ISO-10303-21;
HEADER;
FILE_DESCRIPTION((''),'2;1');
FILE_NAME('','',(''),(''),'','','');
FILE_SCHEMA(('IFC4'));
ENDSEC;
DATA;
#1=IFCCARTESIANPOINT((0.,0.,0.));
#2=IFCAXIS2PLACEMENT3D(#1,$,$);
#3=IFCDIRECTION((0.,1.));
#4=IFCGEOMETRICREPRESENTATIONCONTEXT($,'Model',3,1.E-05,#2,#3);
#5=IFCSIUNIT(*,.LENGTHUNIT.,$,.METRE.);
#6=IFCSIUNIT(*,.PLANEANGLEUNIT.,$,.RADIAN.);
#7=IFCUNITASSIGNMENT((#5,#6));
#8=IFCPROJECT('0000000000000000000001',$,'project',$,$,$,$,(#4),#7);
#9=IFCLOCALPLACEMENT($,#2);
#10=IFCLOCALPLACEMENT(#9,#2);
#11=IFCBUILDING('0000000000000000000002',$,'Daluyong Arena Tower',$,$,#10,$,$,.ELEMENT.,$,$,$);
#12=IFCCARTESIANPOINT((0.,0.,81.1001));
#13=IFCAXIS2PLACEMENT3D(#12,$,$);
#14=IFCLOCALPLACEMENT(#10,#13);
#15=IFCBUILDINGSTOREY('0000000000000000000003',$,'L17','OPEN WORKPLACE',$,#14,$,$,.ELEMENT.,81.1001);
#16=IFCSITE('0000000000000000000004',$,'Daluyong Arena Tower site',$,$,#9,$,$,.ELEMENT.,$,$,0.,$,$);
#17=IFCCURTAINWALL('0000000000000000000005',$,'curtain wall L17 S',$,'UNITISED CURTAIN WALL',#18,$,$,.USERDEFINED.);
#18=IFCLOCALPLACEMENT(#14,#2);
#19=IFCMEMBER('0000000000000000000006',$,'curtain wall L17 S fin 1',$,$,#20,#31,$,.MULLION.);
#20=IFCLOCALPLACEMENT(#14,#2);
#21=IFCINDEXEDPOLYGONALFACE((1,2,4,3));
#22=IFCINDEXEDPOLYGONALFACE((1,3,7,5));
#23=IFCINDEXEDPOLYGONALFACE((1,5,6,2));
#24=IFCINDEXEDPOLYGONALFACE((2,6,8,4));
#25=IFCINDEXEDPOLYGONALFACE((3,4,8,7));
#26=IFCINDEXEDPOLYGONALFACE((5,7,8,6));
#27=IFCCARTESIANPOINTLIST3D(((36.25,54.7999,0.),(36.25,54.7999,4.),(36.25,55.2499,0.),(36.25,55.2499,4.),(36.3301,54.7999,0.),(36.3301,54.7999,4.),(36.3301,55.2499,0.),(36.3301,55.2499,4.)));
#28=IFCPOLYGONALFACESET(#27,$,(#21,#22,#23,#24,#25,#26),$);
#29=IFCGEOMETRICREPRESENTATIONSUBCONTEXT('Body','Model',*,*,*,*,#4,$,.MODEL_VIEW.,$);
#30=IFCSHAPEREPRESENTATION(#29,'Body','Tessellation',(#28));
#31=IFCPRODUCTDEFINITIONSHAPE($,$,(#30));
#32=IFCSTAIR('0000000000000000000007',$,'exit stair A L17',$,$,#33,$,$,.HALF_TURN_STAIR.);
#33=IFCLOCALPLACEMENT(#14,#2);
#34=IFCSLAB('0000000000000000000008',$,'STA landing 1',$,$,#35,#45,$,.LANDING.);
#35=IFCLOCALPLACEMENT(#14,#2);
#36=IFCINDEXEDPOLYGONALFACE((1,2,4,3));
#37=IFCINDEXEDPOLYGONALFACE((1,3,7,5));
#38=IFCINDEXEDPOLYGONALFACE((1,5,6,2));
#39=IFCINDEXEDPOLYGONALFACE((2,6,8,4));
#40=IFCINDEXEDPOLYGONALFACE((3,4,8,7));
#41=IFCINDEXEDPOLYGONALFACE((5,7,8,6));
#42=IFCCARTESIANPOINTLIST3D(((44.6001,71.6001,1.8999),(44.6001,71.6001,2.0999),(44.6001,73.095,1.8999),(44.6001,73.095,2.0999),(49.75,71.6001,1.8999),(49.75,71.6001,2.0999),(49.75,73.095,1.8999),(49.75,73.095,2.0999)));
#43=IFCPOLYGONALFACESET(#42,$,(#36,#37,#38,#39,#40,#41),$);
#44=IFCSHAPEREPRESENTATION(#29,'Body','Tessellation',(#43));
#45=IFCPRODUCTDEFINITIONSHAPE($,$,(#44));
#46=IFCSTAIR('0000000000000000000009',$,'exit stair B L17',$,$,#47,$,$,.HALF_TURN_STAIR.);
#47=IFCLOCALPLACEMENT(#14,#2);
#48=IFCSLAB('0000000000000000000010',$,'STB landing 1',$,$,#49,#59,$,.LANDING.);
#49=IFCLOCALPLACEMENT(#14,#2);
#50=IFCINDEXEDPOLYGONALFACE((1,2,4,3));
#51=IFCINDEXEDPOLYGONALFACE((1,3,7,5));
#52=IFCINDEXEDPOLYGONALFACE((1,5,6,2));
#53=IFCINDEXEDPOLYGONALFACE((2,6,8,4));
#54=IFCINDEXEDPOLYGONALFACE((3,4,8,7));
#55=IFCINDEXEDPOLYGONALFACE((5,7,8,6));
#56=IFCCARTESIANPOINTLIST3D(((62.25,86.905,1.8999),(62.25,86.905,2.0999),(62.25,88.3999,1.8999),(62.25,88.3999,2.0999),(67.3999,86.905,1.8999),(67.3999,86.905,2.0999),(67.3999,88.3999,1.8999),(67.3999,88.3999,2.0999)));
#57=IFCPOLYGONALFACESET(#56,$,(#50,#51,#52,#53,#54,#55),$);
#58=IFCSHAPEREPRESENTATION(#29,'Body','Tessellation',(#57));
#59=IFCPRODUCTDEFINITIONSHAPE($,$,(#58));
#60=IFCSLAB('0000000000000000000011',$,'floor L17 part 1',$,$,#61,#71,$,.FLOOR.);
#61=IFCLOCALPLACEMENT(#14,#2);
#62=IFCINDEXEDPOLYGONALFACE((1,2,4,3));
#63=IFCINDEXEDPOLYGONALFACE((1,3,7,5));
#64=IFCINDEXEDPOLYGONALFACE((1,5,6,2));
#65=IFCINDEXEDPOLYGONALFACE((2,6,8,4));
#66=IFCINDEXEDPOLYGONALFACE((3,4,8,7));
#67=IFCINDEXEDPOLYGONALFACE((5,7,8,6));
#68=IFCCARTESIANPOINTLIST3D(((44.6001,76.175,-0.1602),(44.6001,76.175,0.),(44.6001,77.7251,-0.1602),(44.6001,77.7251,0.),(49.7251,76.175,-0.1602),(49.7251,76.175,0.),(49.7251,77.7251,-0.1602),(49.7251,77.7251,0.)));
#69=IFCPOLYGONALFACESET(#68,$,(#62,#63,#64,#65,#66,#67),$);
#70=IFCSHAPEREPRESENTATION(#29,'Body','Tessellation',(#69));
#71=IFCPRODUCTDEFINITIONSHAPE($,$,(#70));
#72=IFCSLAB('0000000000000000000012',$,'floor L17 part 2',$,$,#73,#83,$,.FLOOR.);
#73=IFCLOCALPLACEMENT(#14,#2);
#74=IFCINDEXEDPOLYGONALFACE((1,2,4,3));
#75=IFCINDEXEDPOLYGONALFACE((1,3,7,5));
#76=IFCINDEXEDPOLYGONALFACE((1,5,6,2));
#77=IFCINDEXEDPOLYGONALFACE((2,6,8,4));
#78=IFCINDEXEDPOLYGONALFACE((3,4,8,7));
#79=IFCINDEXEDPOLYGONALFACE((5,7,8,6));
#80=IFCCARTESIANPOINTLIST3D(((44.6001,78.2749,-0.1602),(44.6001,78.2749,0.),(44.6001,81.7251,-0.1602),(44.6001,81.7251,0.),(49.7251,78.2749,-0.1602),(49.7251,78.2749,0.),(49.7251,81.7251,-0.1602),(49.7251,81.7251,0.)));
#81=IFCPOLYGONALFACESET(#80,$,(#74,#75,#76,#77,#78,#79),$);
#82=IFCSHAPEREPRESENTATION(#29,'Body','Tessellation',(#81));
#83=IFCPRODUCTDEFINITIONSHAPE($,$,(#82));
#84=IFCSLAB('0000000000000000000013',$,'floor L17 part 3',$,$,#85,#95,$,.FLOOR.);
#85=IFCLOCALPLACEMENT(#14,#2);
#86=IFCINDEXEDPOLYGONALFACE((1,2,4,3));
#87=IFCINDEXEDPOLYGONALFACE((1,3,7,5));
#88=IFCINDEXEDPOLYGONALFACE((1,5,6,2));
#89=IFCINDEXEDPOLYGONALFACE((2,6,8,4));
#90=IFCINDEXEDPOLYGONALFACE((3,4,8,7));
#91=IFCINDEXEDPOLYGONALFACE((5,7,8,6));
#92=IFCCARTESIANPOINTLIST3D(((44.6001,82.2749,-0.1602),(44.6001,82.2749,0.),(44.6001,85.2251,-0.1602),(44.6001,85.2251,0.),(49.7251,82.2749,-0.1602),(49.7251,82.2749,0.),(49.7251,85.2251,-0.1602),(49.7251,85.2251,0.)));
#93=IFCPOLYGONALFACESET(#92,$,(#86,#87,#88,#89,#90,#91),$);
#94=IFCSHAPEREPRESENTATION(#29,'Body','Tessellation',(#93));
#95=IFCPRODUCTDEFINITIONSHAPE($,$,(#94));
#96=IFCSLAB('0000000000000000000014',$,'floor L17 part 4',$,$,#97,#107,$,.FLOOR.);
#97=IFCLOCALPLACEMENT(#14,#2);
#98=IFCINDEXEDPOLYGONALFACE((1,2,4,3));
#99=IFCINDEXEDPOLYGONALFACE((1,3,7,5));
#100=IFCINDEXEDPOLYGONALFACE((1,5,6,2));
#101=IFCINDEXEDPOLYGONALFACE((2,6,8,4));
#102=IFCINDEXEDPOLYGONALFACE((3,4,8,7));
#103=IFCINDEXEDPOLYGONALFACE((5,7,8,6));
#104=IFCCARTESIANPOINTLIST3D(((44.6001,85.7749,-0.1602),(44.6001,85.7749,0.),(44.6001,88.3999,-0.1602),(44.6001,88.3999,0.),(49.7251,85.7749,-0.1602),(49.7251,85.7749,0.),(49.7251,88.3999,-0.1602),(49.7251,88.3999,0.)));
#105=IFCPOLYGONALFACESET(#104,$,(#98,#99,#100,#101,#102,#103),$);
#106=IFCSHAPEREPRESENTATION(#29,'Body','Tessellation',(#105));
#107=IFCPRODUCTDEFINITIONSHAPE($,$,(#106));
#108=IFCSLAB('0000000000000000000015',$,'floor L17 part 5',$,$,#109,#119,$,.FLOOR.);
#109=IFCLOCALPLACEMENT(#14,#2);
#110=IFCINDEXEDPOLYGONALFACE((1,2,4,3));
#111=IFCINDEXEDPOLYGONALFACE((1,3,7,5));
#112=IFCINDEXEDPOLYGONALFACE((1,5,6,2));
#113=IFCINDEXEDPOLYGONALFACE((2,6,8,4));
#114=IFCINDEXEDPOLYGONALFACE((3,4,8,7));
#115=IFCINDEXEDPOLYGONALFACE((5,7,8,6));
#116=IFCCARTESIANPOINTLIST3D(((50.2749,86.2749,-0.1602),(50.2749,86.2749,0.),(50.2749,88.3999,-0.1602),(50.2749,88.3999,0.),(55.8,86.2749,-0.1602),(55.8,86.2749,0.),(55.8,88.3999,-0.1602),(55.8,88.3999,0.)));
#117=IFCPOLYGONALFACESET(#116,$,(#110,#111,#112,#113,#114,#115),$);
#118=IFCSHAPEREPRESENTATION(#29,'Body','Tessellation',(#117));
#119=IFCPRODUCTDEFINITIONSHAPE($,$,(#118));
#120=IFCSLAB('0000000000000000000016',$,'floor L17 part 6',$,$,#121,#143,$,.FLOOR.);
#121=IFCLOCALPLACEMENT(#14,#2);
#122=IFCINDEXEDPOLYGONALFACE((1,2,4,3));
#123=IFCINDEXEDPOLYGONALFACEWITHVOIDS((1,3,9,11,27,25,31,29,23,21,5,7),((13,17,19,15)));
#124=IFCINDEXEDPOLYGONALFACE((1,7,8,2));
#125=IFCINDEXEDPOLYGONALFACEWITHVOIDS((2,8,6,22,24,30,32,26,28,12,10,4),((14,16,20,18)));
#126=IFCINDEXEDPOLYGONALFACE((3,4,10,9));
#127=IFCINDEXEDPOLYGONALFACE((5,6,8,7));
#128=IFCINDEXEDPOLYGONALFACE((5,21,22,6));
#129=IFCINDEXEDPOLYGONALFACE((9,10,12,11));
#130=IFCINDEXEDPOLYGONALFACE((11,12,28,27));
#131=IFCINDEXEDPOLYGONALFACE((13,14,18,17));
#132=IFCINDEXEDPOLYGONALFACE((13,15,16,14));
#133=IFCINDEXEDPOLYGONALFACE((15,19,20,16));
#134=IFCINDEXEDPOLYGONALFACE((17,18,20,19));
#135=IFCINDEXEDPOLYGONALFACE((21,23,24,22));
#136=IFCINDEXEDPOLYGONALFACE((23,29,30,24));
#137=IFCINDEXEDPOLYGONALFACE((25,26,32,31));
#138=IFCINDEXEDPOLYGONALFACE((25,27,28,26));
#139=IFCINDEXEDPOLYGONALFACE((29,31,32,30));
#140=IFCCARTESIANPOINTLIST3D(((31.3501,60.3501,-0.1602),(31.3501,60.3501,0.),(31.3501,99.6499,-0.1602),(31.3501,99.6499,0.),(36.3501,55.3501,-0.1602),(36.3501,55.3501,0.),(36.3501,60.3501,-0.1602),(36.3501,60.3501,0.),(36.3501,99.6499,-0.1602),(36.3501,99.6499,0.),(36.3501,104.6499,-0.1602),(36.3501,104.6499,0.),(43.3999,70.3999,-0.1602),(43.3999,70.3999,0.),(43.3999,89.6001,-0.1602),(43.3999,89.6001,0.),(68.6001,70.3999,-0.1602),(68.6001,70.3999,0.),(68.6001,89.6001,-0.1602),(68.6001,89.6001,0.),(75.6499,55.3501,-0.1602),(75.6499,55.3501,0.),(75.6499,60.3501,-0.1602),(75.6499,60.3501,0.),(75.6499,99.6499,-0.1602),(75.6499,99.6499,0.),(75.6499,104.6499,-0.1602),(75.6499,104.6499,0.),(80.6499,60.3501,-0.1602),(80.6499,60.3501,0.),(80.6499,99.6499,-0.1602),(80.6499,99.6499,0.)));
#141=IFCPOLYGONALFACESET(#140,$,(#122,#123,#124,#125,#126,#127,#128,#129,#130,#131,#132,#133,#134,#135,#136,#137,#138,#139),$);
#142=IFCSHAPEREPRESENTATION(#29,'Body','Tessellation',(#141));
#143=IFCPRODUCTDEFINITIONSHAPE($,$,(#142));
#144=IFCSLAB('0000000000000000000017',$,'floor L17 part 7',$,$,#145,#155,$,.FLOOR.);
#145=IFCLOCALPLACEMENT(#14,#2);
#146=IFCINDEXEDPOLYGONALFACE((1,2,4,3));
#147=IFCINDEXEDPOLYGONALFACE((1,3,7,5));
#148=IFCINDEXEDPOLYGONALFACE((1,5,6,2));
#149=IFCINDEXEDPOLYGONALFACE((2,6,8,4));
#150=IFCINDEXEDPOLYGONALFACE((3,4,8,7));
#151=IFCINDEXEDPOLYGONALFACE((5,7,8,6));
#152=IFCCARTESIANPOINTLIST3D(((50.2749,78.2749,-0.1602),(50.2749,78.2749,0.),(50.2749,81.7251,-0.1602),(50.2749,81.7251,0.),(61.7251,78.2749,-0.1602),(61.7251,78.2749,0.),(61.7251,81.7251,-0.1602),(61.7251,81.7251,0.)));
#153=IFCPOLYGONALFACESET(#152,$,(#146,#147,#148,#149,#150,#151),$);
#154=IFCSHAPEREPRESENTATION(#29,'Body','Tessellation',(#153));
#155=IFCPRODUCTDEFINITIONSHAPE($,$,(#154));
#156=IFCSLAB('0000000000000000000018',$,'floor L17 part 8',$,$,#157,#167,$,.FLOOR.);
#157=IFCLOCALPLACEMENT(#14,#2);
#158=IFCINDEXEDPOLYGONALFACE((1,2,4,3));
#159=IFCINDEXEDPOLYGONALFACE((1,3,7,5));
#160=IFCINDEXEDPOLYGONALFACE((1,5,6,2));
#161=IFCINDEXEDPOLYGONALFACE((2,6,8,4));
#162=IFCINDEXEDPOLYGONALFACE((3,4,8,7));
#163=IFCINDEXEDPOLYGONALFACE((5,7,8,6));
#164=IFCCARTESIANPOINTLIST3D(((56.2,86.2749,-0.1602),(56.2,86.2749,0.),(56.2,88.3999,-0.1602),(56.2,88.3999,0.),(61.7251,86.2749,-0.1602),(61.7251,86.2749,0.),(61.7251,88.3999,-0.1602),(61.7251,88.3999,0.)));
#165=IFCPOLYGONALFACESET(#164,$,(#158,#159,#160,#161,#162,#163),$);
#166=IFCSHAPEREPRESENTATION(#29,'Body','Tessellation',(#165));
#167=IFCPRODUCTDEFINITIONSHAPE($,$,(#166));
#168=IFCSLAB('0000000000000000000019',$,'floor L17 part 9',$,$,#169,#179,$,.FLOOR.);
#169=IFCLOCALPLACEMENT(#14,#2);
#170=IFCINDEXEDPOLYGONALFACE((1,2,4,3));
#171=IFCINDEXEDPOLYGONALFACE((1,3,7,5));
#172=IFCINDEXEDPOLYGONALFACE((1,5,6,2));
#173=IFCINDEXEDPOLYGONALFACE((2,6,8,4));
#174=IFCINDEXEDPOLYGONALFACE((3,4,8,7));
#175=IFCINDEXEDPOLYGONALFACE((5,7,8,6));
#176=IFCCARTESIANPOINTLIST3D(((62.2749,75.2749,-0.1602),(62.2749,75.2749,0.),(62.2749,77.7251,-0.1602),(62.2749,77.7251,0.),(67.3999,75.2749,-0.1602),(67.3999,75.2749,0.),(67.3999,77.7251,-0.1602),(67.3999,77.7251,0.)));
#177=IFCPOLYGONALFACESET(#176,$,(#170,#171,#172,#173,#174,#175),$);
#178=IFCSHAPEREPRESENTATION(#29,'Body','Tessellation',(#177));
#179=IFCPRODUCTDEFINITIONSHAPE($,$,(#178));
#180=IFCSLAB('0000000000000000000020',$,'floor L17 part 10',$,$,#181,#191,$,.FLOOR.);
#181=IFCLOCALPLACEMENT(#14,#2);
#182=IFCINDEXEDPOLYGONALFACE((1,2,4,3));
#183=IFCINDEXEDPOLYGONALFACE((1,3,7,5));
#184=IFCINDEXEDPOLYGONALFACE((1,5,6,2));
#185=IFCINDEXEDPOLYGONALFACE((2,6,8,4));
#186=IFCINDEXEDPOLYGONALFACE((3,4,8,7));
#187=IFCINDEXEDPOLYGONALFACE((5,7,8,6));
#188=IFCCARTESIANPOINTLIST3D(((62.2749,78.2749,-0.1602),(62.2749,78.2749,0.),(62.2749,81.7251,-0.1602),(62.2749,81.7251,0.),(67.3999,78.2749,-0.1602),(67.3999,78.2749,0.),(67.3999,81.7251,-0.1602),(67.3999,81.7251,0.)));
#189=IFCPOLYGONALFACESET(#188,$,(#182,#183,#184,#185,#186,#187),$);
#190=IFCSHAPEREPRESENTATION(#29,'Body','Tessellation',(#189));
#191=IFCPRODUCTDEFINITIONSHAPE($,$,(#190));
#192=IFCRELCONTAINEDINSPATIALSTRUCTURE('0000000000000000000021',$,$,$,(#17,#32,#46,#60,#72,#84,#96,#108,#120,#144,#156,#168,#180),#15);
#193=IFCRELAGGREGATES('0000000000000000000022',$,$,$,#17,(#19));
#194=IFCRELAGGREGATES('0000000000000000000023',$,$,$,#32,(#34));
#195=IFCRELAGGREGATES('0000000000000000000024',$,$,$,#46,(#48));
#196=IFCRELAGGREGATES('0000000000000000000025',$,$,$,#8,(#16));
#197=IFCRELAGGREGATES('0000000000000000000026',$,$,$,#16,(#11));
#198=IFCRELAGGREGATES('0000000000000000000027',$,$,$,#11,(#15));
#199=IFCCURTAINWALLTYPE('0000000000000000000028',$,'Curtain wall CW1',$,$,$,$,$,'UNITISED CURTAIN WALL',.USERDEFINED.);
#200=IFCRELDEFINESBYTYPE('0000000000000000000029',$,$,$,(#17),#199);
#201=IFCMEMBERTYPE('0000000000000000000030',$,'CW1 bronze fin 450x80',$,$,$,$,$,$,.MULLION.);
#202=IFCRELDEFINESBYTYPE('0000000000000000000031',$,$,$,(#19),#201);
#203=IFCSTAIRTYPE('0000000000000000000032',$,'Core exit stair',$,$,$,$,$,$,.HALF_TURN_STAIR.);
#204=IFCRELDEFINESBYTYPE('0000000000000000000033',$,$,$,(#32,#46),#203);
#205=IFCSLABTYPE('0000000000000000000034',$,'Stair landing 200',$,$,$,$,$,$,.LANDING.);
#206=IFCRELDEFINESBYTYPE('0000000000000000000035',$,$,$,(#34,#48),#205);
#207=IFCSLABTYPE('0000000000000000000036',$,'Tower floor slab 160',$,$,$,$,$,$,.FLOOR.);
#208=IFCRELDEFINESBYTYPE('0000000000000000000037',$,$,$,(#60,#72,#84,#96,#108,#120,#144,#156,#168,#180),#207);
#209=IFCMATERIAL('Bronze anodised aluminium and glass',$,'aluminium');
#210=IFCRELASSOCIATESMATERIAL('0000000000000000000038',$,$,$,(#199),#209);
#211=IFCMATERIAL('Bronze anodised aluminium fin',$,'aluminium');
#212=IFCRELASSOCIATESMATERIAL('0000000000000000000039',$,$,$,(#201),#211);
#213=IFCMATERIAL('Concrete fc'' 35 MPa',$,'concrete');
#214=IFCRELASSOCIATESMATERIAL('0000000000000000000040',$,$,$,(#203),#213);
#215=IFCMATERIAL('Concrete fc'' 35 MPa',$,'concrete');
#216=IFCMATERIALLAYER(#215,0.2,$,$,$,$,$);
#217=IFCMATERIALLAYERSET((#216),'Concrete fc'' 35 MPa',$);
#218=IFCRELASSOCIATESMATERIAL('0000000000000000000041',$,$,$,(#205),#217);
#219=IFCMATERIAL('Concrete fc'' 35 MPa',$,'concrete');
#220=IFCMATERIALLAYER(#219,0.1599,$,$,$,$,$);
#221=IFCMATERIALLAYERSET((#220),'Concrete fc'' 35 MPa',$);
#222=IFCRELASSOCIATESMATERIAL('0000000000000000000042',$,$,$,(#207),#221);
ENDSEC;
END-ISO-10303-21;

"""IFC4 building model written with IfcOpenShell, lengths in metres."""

from ifc_helpers import new_model, si_unit, direction, frame, origin, origin_2d, place, context, subcontext, project, spatial, polyline, rectangle, outline, extrude, material, layer, layer_set, material_profile, profile_set, type_object, element, aggregate, save


model = new_model("IFC4")

# Units and contexts
model_context = context("Model", 3, precision=1e-05, world=origin(), true_north=direction((0.0, 1.0)))
body_context = subcontext(model_context, "Body", "Model", "MODEL_VIEW")
ifc_project = project(units=[si_unit("LENGTHUNIT", "METRE"), si_unit("PLANEANGLEUNIT", "RADIAN")], contexts=[model_context])

# Site, building, storey
site_placement = place(None, origin())
site = spatial("IfcSite", under=ifc_project, at=site_placement, Name="Daluyong Arena Tower site", CompositionType="ELEMENT", RefElevation=0.0)
building_placement = place(site_placement, origin())
building = spatial("IfcBuilding", under=site, at=building_placement, Name="Daluyong Arena Tower", CompositionType="ELEMENT")
storey_placement = place(building_placement, frame((0.0, 0.0, 81.1001)))
storey = spatial("IfcBuildingStorey", under=building, at=storey_placement, Name="L17", Description="OPEN WORKPLACE", CompositionType="ELEMENT", Elevation=81.1001)

# Curtain wall, member
ifc_material_1 = material(Name="Bronze anodised aluminium and glass", Category="aluminium")
curtain_wall_type = type_object("IfcCurtainWallType", Name="Curtain wall CW1", ElementType="UNITISED CURTAIN WALL", PredefinedType="USERDEFINED", material=ifc_material_1)
curtain_wall_placement = place(storey_placement, origin())
curtain_wall = element("IfcCurtainWall", 1, at=curtain_wall_placement, inside=storey, type_object=curtain_wall_type, Name="curtain wall L17 S", ObjectType="UNITISED CURTAIN WALL", PredefinedType="USERDEFINED")
ifc_material_2 = material(Name="Bronze anodised aluminium fin", Category="aluminium")
ifc_material_profile = material_profile(ifc_material_2, rectangle(XDim=0.45, YDim=0.0801, at=origin_2d()))
ifc_profile_set = profile_set([ifc_material_profile], Name="Bronze anodised aluminium fin")
member_type = type_object("IfcMemberType", Name="CW1 bronze fin 450x80", PredefinedType="MULLION", material=ifc_profile_set)
member_placement = place(storey_placement, frame((36.29, 55.0249, 0.0), z_axis=(0.0, 0.0, 1.0), x_axis=(0.0, 1.0, 0.0)))
member = element("IfcMember", 2, at=member_placement, type_object=member_type, Name="curtain wall L17 S fin 1", PredefinedType="MULLION", context=body_context, shape_type="SweptSolid", body=[
    extrude(rectangle(XDim=0.45, YDim=0.0801, at=origin_2d()), origin(), (0.0, 0.0, 1.0), 4.0),
])
aggregate(curtain_wall, [member])

# Stairs, slabs
ifc_material_3 = material(Name="Concrete fc' 35 MPa", Category="concrete")
stair_type = type_object("IfcStairType", Name="Core exit stair", PredefinedType="HALF_TURN_STAIR", material=ifc_material_3)
stair_1_placement = place(storey_placement, origin())
stair_1 = element("IfcStair", 3, at=stair_1_placement, inside=storey, type_object=stair_type, Name="exit stair A L17", PredefinedType="HALF_TURN_STAIR")
ifc_material_4 = material(Name="Concrete fc' 35 MPa", Category="concrete")
ifc_layer_1 = layer(ifc_material_4, 0.2)
ifc_layer_set_1 = layer_set([ifc_layer_1], Name="Concrete fc' 35 MPa")
slab_type_1 = type_object("IfcSlabType", Name="Stair landing 200", PredefinedType="LANDING", material=ifc_layer_set_1)
slab_1_placement = place(storey_placement, frame((0.0, 0.0, 1.8999)))
slab_1 = element("IfcSlab", 4, at=slab_1_placement, type_object=slab_type_1, Name="STA landing 1", PredefinedType="LANDING", context=body_context, shape_type="SweptSolid", body=[
    extrude(outline(polyline([(44.6001, 71.6001), (49.75, 71.6001), (49.75, 73.095), (44.6001, 73.095), (44.6001, 71.6001)])), origin(), (0.0, 0.0, 1.0), 0.2),
])
aggregate(stair_1, [slab_1])
stair_2_placement = place(storey_placement, origin())
stair_2 = element("IfcStair", 5, at=stair_2_placement, inside=storey, type_object=stair_type, Name="exit stair B L17", PredefinedType="HALF_TURN_STAIR")
slab_2_placement = place(storey_placement, frame((0.0, 0.0, 1.8999)))
slab_2 = element("IfcSlab", 6, at=slab_2_placement, type_object=slab_type_1, Name="STB landing 1", PredefinedType="LANDING", context=body_context, shape_type="SweptSolid", body=[
    extrude(outline(polyline([(62.25, 86.905), (67.3999, 86.905), (67.3999, 88.3999), (62.25, 88.3999), (62.25, 86.905)])), origin(), (0.0, 0.0, 1.0), 0.2),
])
aggregate(stair_2, [slab_2])

# Slabs
ifc_material_5 = material(Name="Concrete fc' 35 MPa", Category="concrete")
ifc_layer_2 = layer(ifc_material_5, 0.1599)
ifc_layer_set_2 = layer_set([ifc_layer_2], Name="Concrete fc' 35 MPa")
slab_type_2 = type_object("IfcSlabType", Name="Tower floor slab 160", PredefinedType="FLOOR", material=ifc_layer_set_2)
slab_3_placement = place(storey_placement, frame((0.0, 0.0, -0.1602)))
element("IfcSlab", 7, at=slab_3_placement, inside=storey, type_object=slab_type_2, Name="floor L17 part 1", PredefinedType="FLOOR", context=body_context, shape_type="SweptSolid", body=[
    extrude(outline(polyline([(49.7251, 76.175), (49.7251, 77.7251), (44.6001, 77.7251), (44.6001, 76.175), (49.7251, 76.175)])), origin(), (0.0, 0.0, 1.0), 0.1602),
])
slab_4_placement = place(storey_placement, frame((0.0, 0.0, -0.1602)))
element("IfcSlab", 8, at=slab_4_placement, inside=storey, type_object=slab_type_2, Name="floor L17 part 2", PredefinedType="FLOOR", context=body_context, shape_type="SweptSolid", body=[
    extrude(outline(polyline([(49.7251, 78.2749), (49.7251, 81.7251), (44.6001, 81.7251), (44.6001, 78.2749), (49.7251, 78.2749)])), origin(), (0.0, 0.0, 1.0), 0.1602),
])
slab_5_placement = place(storey_placement, frame((0.0, 0.0, -0.1602)))
element("IfcSlab", 9, at=slab_5_placement, inside=storey, type_object=slab_type_2, Name="floor L17 part 3", PredefinedType="FLOOR", context=body_context, shape_type="SweptSolid", body=[
    extrude(outline(polyline([(49.7251, 82.2749), (49.7251, 85.2251), (44.6001, 85.2251), (44.6001, 82.2749), (49.7251, 82.2749)])), origin(), (0.0, 0.0, 1.0), 0.1602),
])
slab_6_placement = place(storey_placement, frame((0.0, 0.0, -0.1602)))
element("IfcSlab", 10, at=slab_6_placement, inside=storey, type_object=slab_type_2, Name="floor L17 part 4", PredefinedType="FLOOR", context=body_context, shape_type="SweptSolid", body=[
    extrude(outline(polyline([(44.6001, 88.3999), (44.6001, 85.7749), (49.7251, 85.7749), (49.7251, 88.3999), (44.6001, 88.3999)])), origin(), (0.0, 0.0, 1.0), 0.1602),
])
slab_7_placement = place(storey_placement, frame((0.0, 0.0, -0.1602)))
element("IfcSlab", 11, at=slab_7_placement, inside=storey, type_object=slab_type_2, Name="floor L17 part 5", PredefinedType="FLOOR", context=body_context, shape_type="SweptSolid", body=[
    extrude(outline(polyline([(50.2749, 88.3999), (50.2749, 86.2749), (55.8, 86.2749), (55.8, 88.3999), (50.2749, 88.3999)])), origin(), (0.0, 0.0, 1.0), 0.1602),
])
slab_8_placement = place(storey_placement, frame((0.0, 0.0, -0.1602)))
element("IfcSlab", 12, at=slab_8_placement, inside=storey, type_object=slab_type_2, Name="floor L17 part 6", PredefinedType="FLOOR", context=body_context, shape_type="SweptSolid", body=[
    extrude(outline(polyline([(36.3501, 60.3501), (36.3501, 55.3501), (75.6499, 55.3501), (75.6499, 60.3501), (80.6499, 60.3501), (80.6499, 99.6499), (75.6499, 99.6499), (75.6499, 104.6499), (36.3501, 104.6499), (36.3501, 99.6499), (31.3501, 99.6499), (31.3501, 60.3501), (36.3501, 60.3501)]), holes=[polyline([(68.6001, 89.6001), (68.6001, 70.3999), (43.3999, 70.3999), (43.3999, 89.6001), (68.6001, 89.6001)])]), origin(), (0.0, 0.0, 1.0), 0.1602),
])
slab_9_placement = place(storey_placement, frame((0.0, 0.0, -0.1602)))
element("IfcSlab", 13, at=slab_9_placement, inside=storey, type_object=slab_type_2, Name="floor L17 part 7", PredefinedType="FLOOR", context=body_context, shape_type="SweptSolid", body=[
    extrude(outline(polyline([(61.7251, 81.7251), (50.2749, 81.7251), (50.2749, 78.2749), (61.7251, 78.2749), (61.7251, 81.7251)])), origin(), (0.0, 0.0, 1.0), 0.1602),
])
slab_10_placement = place(storey_placement, frame((0.0, 0.0, -0.1602)))
element("IfcSlab", 14, at=slab_10_placement, inside=storey, type_object=slab_type_2, Name="floor L17 part 8", PredefinedType="FLOOR", context=body_context, shape_type="SweptSolid", body=[
    extrude(outline(polyline([(56.2, 86.2749), (61.7251, 86.2749), (61.7251, 88.3999), (56.2, 88.3999), (56.2, 86.2749)])), origin(), (0.0, 0.0, 1.0), 0.1602),
])
slab_11_placement = place(storey_placement, frame((0.0, 0.0, -0.1602)))
element("IfcSlab", 15, at=slab_11_placement, inside=storey, type_object=slab_type_2, Name="floor L17 part 9", PredefinedType="FLOOR", context=body_context, shape_type="SweptSolid", body=[
    extrude(outline(polyline([(67.3999, 75.2749), (67.3999, 77.7251), (62.2749, 77.7251), (62.2749, 75.2749), (67.3999, 75.2749)])), origin(), (0.0, 0.0, 1.0), 0.1602),
])
slab_12_placement = place(storey_placement, frame((0.0, 0.0, -0.1602)))
element("IfcSlab", 16, at=slab_12_placement, inside=storey, type_object=slab_type_2, Name="floor L17 part 10", PredefinedType="FLOOR", context=body_context, shape_type="SweptSolid", body=[
    extrude(outline(polyline([(67.3999, 78.2749), (67.3999, 81.7251), (62.2749, 81.7251), (62.2749, 78.2749), (67.3999, 78.2749)])), origin(), (0.0, 0.0, 1.0), 0.1602),
])

save(model, "model.ifc")
